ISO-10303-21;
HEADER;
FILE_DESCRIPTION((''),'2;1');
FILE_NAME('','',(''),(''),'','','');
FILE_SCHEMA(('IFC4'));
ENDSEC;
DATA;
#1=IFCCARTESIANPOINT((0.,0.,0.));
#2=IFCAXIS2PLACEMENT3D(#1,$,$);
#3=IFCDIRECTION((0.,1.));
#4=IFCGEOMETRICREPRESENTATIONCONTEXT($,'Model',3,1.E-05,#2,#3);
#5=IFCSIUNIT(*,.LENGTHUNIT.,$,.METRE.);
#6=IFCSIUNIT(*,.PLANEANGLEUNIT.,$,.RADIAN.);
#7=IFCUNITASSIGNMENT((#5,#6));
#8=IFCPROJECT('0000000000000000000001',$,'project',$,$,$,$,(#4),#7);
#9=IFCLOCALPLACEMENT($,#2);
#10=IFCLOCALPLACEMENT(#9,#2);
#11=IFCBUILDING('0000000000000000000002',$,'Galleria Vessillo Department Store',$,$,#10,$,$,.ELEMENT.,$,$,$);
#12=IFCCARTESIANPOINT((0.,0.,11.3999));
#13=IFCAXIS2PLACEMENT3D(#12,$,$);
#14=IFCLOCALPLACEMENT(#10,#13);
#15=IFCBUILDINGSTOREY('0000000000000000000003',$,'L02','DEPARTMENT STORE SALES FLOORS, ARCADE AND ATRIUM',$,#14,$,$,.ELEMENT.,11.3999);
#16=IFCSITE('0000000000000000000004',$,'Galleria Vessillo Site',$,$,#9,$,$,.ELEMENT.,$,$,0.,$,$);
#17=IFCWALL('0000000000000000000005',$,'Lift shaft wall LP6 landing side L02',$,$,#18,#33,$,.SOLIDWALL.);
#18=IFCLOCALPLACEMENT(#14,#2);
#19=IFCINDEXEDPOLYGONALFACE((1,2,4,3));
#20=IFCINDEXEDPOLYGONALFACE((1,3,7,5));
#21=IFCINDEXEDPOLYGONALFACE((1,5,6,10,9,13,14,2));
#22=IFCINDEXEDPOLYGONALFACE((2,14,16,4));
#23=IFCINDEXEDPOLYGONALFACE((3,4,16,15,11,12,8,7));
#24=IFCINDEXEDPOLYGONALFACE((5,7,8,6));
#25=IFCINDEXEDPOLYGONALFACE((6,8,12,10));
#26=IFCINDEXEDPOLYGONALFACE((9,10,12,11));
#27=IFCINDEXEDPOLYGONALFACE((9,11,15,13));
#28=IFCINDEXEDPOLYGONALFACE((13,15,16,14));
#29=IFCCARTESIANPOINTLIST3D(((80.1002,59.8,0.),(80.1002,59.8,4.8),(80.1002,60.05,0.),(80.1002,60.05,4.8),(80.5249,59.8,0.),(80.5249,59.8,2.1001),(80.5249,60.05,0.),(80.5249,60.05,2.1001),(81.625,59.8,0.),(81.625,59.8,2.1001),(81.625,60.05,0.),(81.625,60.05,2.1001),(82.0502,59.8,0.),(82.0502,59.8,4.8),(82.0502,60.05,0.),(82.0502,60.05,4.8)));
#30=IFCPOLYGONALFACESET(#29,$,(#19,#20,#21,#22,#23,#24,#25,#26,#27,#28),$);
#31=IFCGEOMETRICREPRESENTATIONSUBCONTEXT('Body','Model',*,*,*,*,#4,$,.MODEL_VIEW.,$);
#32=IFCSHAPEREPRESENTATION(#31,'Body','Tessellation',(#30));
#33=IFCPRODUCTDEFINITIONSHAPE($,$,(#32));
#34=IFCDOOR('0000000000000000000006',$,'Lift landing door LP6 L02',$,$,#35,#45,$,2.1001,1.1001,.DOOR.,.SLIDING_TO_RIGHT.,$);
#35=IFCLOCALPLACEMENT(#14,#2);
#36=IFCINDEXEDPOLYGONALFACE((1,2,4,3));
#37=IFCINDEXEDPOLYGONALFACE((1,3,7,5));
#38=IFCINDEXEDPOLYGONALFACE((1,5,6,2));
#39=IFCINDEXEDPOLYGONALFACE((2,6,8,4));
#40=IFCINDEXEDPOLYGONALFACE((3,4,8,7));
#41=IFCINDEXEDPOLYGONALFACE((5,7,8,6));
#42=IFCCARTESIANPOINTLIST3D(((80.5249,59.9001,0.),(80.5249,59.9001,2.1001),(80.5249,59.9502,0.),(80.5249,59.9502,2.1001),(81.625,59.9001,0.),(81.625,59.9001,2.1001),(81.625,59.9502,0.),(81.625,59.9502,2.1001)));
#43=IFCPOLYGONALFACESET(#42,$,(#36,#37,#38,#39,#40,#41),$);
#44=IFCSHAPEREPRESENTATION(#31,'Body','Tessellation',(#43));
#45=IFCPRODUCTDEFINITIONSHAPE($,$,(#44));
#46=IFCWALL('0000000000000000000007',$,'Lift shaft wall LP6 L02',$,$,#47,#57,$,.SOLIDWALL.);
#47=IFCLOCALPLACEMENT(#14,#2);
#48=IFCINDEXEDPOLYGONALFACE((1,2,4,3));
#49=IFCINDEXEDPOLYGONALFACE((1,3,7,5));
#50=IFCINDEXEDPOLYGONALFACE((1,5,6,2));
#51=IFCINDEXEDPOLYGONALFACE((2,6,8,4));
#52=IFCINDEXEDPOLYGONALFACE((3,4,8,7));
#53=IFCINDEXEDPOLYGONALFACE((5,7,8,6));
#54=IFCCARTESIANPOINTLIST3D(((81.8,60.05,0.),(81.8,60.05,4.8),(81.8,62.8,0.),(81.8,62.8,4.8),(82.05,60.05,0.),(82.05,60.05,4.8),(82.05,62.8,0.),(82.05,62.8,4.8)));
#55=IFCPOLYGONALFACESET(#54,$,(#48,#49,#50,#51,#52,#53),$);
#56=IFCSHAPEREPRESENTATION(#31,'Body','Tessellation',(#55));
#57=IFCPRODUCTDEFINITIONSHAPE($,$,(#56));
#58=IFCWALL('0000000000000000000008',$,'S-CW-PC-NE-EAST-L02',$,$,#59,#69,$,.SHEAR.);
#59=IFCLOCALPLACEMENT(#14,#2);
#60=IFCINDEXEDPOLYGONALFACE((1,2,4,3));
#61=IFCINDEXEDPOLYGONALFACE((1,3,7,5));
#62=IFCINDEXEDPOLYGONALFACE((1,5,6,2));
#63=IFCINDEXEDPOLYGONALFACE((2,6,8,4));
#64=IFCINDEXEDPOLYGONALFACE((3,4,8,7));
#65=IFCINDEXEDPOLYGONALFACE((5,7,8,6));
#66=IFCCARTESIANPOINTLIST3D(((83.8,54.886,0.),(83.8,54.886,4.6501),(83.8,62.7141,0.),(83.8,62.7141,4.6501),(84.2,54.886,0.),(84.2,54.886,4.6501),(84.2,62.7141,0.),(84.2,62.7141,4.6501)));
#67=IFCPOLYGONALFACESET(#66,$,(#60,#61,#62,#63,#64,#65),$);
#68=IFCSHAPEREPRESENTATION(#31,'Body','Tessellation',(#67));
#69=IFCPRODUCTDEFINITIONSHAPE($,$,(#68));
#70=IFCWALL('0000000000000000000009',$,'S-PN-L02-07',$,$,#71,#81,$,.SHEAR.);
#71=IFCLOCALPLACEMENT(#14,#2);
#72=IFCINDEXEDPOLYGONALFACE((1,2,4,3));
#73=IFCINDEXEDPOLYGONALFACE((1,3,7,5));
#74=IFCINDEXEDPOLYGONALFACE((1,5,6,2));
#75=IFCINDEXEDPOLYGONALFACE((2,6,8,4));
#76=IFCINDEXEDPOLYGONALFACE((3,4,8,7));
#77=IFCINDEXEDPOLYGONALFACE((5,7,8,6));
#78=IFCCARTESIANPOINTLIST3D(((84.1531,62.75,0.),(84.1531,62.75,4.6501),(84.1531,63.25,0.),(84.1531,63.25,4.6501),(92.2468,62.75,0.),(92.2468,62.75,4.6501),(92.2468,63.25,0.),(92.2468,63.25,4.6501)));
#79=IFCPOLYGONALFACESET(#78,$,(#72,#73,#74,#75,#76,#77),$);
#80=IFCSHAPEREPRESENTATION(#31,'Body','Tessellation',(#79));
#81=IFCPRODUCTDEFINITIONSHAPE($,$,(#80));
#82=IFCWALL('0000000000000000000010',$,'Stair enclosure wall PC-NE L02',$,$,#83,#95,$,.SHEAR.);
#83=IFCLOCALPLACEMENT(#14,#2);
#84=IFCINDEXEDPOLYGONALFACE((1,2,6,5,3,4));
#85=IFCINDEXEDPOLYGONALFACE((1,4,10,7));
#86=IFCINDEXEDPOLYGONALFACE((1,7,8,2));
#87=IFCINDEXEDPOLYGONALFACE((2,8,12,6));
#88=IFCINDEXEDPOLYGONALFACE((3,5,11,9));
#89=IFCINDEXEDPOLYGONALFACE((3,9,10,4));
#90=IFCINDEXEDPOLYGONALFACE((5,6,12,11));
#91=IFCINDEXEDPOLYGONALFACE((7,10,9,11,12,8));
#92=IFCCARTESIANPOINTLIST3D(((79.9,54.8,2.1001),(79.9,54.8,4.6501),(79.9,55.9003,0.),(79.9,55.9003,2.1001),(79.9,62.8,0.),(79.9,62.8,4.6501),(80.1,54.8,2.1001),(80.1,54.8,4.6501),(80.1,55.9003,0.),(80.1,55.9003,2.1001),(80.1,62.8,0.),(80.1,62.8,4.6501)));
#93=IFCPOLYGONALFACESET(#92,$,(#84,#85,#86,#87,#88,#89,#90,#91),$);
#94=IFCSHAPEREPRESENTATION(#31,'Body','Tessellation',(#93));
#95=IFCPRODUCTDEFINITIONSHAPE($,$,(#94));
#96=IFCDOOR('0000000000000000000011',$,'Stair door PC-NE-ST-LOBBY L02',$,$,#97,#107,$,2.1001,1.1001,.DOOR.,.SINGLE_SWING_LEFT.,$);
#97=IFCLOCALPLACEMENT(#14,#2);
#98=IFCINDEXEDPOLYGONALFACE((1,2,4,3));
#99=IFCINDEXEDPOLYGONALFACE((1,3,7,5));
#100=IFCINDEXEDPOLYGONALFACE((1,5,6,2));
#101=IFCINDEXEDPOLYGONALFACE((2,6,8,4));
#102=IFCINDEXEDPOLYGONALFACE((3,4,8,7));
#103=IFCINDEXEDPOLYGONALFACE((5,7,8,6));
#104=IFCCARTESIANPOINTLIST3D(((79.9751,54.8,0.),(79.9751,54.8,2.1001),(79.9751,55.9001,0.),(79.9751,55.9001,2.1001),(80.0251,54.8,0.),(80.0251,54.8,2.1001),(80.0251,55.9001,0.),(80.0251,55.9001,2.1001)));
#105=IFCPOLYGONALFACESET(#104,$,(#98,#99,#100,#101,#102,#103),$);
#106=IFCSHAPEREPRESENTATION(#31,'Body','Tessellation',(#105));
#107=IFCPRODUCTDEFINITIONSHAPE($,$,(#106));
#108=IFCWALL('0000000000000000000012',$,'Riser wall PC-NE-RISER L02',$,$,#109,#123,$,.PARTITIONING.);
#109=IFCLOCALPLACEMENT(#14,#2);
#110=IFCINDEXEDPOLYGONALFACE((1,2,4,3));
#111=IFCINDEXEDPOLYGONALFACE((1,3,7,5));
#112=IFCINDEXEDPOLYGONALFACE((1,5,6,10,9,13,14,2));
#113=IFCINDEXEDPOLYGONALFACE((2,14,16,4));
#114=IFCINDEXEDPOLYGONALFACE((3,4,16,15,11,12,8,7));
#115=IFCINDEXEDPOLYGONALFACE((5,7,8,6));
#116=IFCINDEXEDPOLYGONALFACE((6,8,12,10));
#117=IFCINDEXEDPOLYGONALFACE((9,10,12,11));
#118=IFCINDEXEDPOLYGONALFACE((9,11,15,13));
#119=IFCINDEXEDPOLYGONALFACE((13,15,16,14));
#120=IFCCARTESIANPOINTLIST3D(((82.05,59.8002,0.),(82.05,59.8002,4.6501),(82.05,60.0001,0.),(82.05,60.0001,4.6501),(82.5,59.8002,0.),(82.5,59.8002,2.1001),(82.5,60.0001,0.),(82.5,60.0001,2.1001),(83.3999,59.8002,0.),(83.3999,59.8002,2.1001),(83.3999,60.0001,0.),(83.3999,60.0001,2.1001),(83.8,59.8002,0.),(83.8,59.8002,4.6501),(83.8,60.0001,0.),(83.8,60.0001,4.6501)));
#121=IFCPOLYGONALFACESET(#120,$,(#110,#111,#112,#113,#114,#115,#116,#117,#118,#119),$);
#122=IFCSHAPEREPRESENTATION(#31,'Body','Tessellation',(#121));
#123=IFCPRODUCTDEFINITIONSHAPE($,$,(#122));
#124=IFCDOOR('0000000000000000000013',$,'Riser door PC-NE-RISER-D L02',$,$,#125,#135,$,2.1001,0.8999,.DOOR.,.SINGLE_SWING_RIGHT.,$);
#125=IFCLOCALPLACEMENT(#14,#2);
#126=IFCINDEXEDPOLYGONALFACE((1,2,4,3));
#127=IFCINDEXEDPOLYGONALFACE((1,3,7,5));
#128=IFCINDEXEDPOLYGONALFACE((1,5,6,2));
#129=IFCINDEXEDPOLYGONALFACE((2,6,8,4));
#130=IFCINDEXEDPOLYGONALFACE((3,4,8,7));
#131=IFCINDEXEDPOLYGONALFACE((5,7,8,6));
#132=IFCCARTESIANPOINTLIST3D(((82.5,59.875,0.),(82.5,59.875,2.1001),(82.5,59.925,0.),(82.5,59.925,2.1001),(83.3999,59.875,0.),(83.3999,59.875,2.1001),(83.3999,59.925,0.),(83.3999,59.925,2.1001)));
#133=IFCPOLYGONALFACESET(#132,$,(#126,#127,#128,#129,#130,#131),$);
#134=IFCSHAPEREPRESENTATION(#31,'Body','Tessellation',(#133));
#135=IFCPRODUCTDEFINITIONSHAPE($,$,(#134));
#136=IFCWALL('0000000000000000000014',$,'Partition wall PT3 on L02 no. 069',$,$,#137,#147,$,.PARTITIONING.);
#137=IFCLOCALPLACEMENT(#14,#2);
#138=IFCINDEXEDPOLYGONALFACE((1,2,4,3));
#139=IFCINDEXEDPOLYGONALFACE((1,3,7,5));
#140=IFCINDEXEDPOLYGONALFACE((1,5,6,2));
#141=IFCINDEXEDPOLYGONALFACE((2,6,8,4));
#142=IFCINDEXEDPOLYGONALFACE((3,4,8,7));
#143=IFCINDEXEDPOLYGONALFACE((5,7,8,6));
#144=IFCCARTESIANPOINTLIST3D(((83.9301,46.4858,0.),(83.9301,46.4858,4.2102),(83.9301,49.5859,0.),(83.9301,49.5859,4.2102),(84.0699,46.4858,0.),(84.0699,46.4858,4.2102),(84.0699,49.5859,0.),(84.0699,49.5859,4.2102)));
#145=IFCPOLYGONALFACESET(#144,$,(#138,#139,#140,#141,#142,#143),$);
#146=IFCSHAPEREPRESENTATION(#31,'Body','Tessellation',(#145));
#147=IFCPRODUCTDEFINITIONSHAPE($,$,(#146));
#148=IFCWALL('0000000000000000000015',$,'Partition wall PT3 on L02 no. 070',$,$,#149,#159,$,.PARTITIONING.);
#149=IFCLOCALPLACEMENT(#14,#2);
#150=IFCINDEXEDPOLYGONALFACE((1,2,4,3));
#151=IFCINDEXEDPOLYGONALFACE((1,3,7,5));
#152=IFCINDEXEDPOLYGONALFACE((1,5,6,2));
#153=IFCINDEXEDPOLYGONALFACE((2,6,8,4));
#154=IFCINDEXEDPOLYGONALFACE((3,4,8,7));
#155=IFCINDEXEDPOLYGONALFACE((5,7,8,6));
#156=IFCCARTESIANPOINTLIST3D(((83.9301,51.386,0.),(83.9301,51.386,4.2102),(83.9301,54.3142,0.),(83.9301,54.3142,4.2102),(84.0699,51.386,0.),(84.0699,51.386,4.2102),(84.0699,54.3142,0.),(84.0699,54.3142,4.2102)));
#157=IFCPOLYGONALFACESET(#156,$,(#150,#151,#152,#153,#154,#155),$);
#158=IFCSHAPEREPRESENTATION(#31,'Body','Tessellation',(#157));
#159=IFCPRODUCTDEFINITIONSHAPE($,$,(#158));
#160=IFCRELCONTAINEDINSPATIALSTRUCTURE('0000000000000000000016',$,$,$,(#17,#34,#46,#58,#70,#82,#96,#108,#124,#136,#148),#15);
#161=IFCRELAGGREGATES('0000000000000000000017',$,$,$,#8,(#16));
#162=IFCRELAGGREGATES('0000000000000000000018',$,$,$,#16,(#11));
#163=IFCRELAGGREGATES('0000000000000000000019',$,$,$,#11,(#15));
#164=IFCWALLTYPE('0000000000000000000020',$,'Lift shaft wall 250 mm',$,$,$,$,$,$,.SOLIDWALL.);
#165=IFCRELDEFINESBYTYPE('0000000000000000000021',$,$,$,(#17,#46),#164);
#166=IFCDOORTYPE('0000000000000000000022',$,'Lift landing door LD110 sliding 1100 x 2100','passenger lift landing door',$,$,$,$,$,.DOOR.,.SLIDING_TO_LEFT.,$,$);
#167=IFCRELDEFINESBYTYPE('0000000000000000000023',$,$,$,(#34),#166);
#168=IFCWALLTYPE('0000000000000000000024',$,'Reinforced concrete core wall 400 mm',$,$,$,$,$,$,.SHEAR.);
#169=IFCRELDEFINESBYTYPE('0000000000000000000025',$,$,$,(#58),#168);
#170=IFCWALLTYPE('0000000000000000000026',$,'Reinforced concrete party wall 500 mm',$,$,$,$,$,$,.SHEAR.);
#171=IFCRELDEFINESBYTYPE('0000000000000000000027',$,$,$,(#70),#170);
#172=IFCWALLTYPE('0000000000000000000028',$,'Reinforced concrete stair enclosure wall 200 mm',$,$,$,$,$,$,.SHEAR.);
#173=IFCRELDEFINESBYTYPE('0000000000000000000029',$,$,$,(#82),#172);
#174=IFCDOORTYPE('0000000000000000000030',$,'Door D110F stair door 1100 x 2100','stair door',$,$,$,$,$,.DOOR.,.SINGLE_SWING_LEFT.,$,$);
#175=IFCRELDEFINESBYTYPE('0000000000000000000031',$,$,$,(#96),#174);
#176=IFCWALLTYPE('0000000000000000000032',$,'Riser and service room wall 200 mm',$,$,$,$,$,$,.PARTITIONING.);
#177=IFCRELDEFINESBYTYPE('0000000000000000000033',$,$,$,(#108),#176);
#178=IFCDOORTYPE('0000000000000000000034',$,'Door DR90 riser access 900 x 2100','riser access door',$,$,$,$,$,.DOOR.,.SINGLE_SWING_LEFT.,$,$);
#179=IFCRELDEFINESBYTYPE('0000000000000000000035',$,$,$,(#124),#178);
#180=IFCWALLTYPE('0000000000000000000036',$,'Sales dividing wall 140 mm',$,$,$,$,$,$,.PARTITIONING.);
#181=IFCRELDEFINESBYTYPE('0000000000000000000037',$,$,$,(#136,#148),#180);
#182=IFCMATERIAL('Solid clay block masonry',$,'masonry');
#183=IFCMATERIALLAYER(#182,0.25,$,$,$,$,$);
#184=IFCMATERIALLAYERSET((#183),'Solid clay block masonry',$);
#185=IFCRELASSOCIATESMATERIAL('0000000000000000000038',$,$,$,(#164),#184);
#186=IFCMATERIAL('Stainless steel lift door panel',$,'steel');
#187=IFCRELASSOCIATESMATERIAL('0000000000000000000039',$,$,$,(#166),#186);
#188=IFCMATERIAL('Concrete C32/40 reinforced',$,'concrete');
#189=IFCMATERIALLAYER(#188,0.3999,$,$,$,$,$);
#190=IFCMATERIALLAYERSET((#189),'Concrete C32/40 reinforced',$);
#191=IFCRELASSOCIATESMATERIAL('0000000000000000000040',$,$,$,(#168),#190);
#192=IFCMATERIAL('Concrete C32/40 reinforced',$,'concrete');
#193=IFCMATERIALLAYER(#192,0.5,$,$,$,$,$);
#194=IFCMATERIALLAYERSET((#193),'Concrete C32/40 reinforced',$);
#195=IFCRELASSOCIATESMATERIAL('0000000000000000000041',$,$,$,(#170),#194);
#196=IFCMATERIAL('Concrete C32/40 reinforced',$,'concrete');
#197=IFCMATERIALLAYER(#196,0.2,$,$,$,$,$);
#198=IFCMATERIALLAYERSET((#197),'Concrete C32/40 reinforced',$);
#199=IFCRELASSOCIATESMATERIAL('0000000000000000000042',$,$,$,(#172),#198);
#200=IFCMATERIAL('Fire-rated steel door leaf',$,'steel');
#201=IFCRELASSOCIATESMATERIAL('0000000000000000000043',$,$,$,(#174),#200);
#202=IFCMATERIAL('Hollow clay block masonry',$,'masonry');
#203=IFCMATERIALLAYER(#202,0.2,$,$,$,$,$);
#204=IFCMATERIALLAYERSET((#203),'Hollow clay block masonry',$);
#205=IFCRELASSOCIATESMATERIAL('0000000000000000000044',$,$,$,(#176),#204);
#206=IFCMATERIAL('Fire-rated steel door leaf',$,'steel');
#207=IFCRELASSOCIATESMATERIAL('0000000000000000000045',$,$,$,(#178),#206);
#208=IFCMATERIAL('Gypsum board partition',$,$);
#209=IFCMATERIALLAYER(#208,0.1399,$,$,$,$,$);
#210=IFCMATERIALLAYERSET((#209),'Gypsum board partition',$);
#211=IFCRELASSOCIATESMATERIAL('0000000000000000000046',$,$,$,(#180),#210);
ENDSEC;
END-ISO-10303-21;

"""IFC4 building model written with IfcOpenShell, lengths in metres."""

from ifc_helpers import new_model, si_unit, direction, frame, frame_2d, origin, place, context, subcontext, project, spatial, rectangle, extrude, material, layer, layer_set, type_object, element, fill, save


model = new_model("IFC4")

# Units and contexts
model_context = context("Model", 3, precision=1e-05, world=origin(), true_north=direction((0.0, 1.0)))
body_context = subcontext(model_context, "Body", "Model", "MODEL_VIEW")
ifc_project = project(units=[si_unit("LENGTHUNIT", "METRE"), si_unit("PLANEANGLEUNIT", "RADIAN")], contexts=[model_context])

# Site, building, storey
site_placement = place(None, origin())
site = spatial("IfcSite", under=ifc_project, at=site_placement, Name="Galleria Vessillo Site", CompositionType="ELEMENT", RefElevation=0.0)
building_placement = place(site_placement, origin())
building = spatial("IfcBuilding", under=site, at=building_placement, Name="Galleria Vessillo Department Store", CompositionType="ELEMENT")
storey_placement = place(building_placement, frame((0.0, 0.0, 11.3999)))
storey = spatial("IfcBuildingStorey", under=building, at=storey_placement, Name="L02", Description="DEPARTMENT STORE SALES FLOORS, ARCADE AND ATRIUM", CompositionType="ELEMENT", Elevation=11.3999)

# Wall, opening, door
ifc_material_1 = material(Name="Solid clay block masonry", Category="masonry")
ifc_layer_1 = layer(ifc_material_1, 0.25)
ifc_layer_set_1 = layer_set([ifc_layer_1], Name="Solid clay block masonry")
wall_type_1 = type_object("IfcWallType", Name="Lift shaft wall 250 mm", PredefinedType="SOLIDWALL", material=ifc_layer_set_1)
wall_1_placement = place(storey_placement, frame((80.1001, 59.925, 0.0), z_axis=(0.0, 0.0, 1.0), x_axis=(1.0, 0.0, 0.0)))
wall_1 = element("IfcWall", 1, at=wall_1_placement, inside=storey, type_object=wall_type_1, Name="Lift shaft wall LP6 landing side L02", PredefinedType="SOLIDWALL", context=body_context, shape_type="SweptSolid", body=[
    extrude(rectangle(XDim=1.95, YDim=0.25, at=frame_2d((0.9751, 0.0))), origin(), (0.0, 0.0, 1.0), 4.8),
])
opening_1_placement = place(wall_1_placement, frame((0.4248, 0.0, 0.0)))
opening_1 = element("IfcOpeningElement", 2, at=opening_1_placement, cuts=wall_1, PredefinedType="OPENING", context=body_context, shape_type="SweptSolid", body=[
    extrude(rectangle(XDim=1.1001, YDim=2.1001, at=frame_2d((0.55, 1.05))), frame((0.0, 0.135, 0.0), z_axis=(0.0, -1.0, 0.0), x_axis=(1.0, 0.0, 0.0)), (0.0, 0.0, 1.0), 0.27),
])
ifc_material_2 = material(Name="Stainless steel lift door panel", Category="steel")
door_type_1 = type_object("IfcDoorType", Name="Lift landing door LD110 sliding 1100 x 2100", Description="passenger lift landing door", OperationType="SLIDING_TO_LEFT", PredefinedType="DOOR", material=ifc_material_2)
door_1_placement = place(opening_1_placement, frame((1.1001, 0.0, 0.0), z_axis=(0.0, 0.0, 1.0), x_axis=(-1.0, 0.0, 0.0)))
door_1 = element("IfcDoor", 3, at=door_1_placement, inside=storey, type_object=door_type_1, Name="Lift landing door LP6 L02", OperationType="SLIDING_TO_RIGHT", OverallHeight=2.1001, OverallWidth=1.1001, PredefinedType="DOOR", context=body_context, shape_type="SweptSolid", body=[
    extrude(rectangle(XDim=1.1001, YDim=2.1001, at=frame_2d((0.55, 1.05))), frame((0.0, 0.0249, 0.0), z_axis=(0.0, -1.0, 0.0), x_axis=(1.0, 0.0, 0.0)), (0.0, 0.0, 1.0), 0.05),
])
fill(opening_1, door_1)

# Walls
wall_2_placement = place(storey_placement, frame((81.925, 62.8, 0.0), z_axis=(0.0, 0.0, 1.0), x_axis=(0.0, -1.0, 0.0)))
element("IfcWall", 4, at=wall_2_placement, inside=storey, type_object=wall_type_1, Name="Lift shaft wall LP6 L02", PredefinedType="SOLIDWALL", context=body_context, shape_type="SweptSolid", body=[
    extrude(rectangle(XDim=2.75, YDim=0.25, at=frame_2d((1.375, 0.0))), origin(), (0.0, 0.0, 1.0), 4.8),
])
ifc_material_3 = material(Name="Concrete C32/40 reinforced", Category="concrete")
ifc_layer_2 = layer(ifc_material_3, 0.3999)
ifc_layer_set_2 = layer_set([ifc_layer_2], Name="Concrete C32/40 reinforced")
wall_type_2 = type_object("IfcWallType", Name="Reinforced concrete core wall 400 mm", PredefinedType="SHEAR", material=ifc_layer_set_2)
wall_3_placement = place(storey_placement, frame((84.0, 54.886, 0.0), z_axis=(0.0, 0.0, 1.0), x_axis=(0.0, 1.0, 0.0)))
element("IfcWall", 5, at=wall_3_placement, inside=storey, type_object=wall_type_2, Name="S-CW-PC-NE-EAST-L02", PredefinedType="SHEAR", context=body_context, shape_type="SweptSolid", body=[
    extrude(rectangle(XDim=7.8281, YDim=0.3999, at=frame_2d((3.9141, 0.0))), origin(), (0.0, 0.0, 1.0), 4.6501),
])
ifc_material_4 = material(Name="Concrete C32/40 reinforced", Category="concrete")
ifc_layer_3 = layer(ifc_material_4, 0.5)
ifc_layer_set_3 = layer_set([ifc_layer_3], Name="Concrete C32/40 reinforced")
wall_type_3 = type_object("IfcWallType", Name="Reinforced concrete party wall 500 mm", PredefinedType="SHEAR", material=ifc_layer_set_3)
wall_4_placement = place(storey_placement, frame((84.1531, 63.0, 0.0), z_axis=(0.0, 0.0, 1.0), x_axis=(1.0, 0.0, 0.0)))
element("IfcWall", 6, at=wall_4_placement, inside=storey, type_object=wall_type_3, Name="S-PN-L02-07", PredefinedType="SHEAR", context=body_context, shape_type="SweptSolid", body=[
    extrude(rectangle(XDim=8.0938, YDim=0.5, at=frame_2d((4.0469, 0.0))), origin(), (0.0, 0.0, 1.0), 4.6501),
])

# Walls, openings, doors
ifc_material_5 = material(Name="Concrete C32/40 reinforced", Category="concrete")
ifc_layer_4 = layer(ifc_material_5, 0.2)
ifc_layer_set_4 = layer_set([ifc_layer_4], Name="Concrete C32/40 reinforced")
wall_type_4 = type_object("IfcWallType", Name="Reinforced concrete stair enclosure wall 200 mm", PredefinedType="SHEAR", material=ifc_layer_set_4)
wall_5_placement = place(storey_placement, frame((80.0, 62.8, 0.0), z_axis=(0.0, 0.0, 1.0), x_axis=(0.0, -1.0, 0.0)))
wall_5 = element("IfcWall", 7, at=wall_5_placement, inside=storey, type_object=wall_type_4, Name="Stair enclosure wall PC-NE L02", PredefinedType="SHEAR", context=body_context, shape_type="SweptSolid", body=[
    extrude(rectangle(XDim=8.0, YDim=0.2, at=frame_2d((4.0, 0.0))), origin(), (0.0, 0.0, 1.0), 4.6501),
])
opening_2_placement = place(wall_5_placement, frame((6.8999, 0.0, 0.0)))
opening_2 = element("IfcOpeningElement", 8, at=opening_2_placement, cuts=wall_5, PredefinedType="OPENING", context=body_context, shape_type="SweptSolid", body=[
    extrude(rectangle(XDim=1.1101, YDim=2.1001, at=frame_2d((0.5549, 1.05))), frame((0.0, 0.1099, 0.0), z_axis=(0.0, -1.0, 0.0), x_axis=(1.0, 0.0, 0.0)), (0.0, 0.0, 1.0), 0.22),
])
ifc_material_6 = material(Name="Fire-rated steel door leaf", Category="steel")
door_type_2 = type_object("IfcDoorType", Name="Door D110F stair door 1100 x 2100", Description="stair door", OperationType="SINGLE_SWING_LEFT", PredefinedType="DOOR", material=ifc_material_6)
door_2_placement = place(opening_2_placement, frame((1.1001, 0.0, 0.0), z_axis=(0.0, 0.0, 1.0), x_axis=(-1.0, 0.0, 0.0)))
door_2 = element("IfcDoor", 9, at=door_2_placement, inside=storey, type_object=door_type_2, Name="Stair door PC-NE-ST-LOBBY L02", OperationType="SINGLE_SWING_LEFT", OverallHeight=2.1001, OverallWidth=1.1001, PredefinedType="DOOR", context=body_context, shape_type="SweptSolid", body=[
    extrude(rectangle(XDim=1.1001, YDim=2.1001, at=frame_2d((0.55, 1.05))), frame((0.0, 0.0249, 0.0), z_axis=(0.0, -1.0, 0.0), x_axis=(1.0, 0.0, 0.0)), (0.0, 0.0, 1.0), 0.05),
])
fill(opening_2, door_2)
ifc_material_7 = material(Name="Hollow clay block masonry", Category="masonry")
ifc_layer_5 = layer(ifc_material_7, 0.2)
ifc_layer_set_5 = layer_set([ifc_layer_5], Name="Hollow clay block masonry")
wall_type_5 = type_object("IfcWallType", Name="Riser and service room wall 200 mm", PredefinedType="PARTITIONING", material=ifc_layer_set_5)
wall_6_placement = place(storey_placement, frame((82.05, 59.9001, 0.0), z_axis=(0.0, 0.0, 1.0), x_axis=(1.0, 0.0, 0.0)))
wall_6 = element("IfcWall", 10, at=wall_6_placement, inside=storey, type_object=wall_type_5, Name="Riser wall PC-NE-RISER L02", PredefinedType="PARTITIONING", context=body_context, shape_type="SweptSolid", body=[
    extrude(rectangle(XDim=1.75, YDim=0.2, at=frame_2d((0.875, 0.0))), origin(), (0.0, 0.0, 1.0), 4.6501),
])
opening_3_placement = place(wall_6_placement, frame((0.45, 0.0, 0.0)))
opening_3 = element("IfcOpeningElement", 11, at=opening_3_placement, cuts=wall_6, PredefinedType="OPENING", context=body_context, shape_type="SweptSolid", body=[
    extrude(rectangle(XDim=0.8999, YDim=2.1001, at=frame_2d((0.45, 1.05))), frame((0.0, 0.1099, 0.0), z_axis=(0.0, -1.0, 0.0), x_axis=(1.0, 0.0, 0.0)), (0.0, 0.0, 1.0), 0.22),
])
ifc_material_8 = material(Name="Fire-rated steel door leaf", Category="steel")
door_type_3 = type_object("IfcDoorType", Name="Door DR90 riser access 900 x 2100", Description="riser access door", OperationType="SINGLE_SWING_LEFT", PredefinedType="DOOR", material=ifc_material_8)
door_3_placement = place(opening_3_placement, origin())
door_3 = element("IfcDoor", 12, at=door_3_placement, inside=storey, type_object=door_type_3, Name="Riser door PC-NE-RISER-D L02", OperationType="SINGLE_SWING_RIGHT", OverallHeight=2.1001, OverallWidth=0.8999, PredefinedType="DOOR", context=body_context, shape_type="SweptSolid", body=[
    extrude(rectangle(XDim=0.8999, YDim=2.1001, at=frame_2d((0.45, 1.05))), frame((0.0, 0.0249, 0.0), z_axis=(0.0, -1.0, 0.0), x_axis=(1.0, 0.0, 0.0)), (0.0, 0.0, 1.0), 0.05),
])
fill(opening_3, door_3)

# Walls
ifc_material_9 = material(Name="Gypsum board partition")
ifc_layer_6 = layer(ifc_material_9, 0.1399)
ifc_layer_set_6 = layer_set([ifc_layer_6], Name="Gypsum board partition")
wall_type_6 = type_object("IfcWallType", Name="Sales dividing wall 140 mm", PredefinedType="PARTITIONING", material=ifc_layer_set_6)
wall_7_placement = place(storey_placement, frame((84.0, 46.4858, 0.0), z_axis=(0.0, 0.0, 1.0), x_axis=(0.0, 1.0, 0.0)))
element("IfcWall", 13, at=wall_7_placement, inside=storey, type_object=wall_type_6, Name="Partition wall PT3 on L02 no. 069", PredefinedType="PARTITIONING", context=body_context, shape_type="SweptSolid", body=[
    extrude(rectangle(XDim=3.1001, YDim=0.1399, at=frame_2d((1.55, 0.0))), origin(), (0.0, 0.0, 1.0), 4.2102),
])
wall_8_placement = place(storey_placement, frame((84.0, 51.386, 0.0), z_axis=(0.0, 0.0, 1.0), x_axis=(0.0, 1.0, 0.0)))
element("IfcWall", 14, at=wall_8_placement, inside=storey, type_object=wall_type_6, Name="Partition wall PT3 on L02 no. 070", PredefinedType="PARTITIONING", context=body_context, shape_type="SweptSolid", body=[
    extrude(rectangle(XDim=2.9282, YDim=0.1399, at=frame_2d((1.4641, 0.0))), origin(), (0.0, 0.0, 1.0), 4.2102),
])

save(model, "model.ifc")
